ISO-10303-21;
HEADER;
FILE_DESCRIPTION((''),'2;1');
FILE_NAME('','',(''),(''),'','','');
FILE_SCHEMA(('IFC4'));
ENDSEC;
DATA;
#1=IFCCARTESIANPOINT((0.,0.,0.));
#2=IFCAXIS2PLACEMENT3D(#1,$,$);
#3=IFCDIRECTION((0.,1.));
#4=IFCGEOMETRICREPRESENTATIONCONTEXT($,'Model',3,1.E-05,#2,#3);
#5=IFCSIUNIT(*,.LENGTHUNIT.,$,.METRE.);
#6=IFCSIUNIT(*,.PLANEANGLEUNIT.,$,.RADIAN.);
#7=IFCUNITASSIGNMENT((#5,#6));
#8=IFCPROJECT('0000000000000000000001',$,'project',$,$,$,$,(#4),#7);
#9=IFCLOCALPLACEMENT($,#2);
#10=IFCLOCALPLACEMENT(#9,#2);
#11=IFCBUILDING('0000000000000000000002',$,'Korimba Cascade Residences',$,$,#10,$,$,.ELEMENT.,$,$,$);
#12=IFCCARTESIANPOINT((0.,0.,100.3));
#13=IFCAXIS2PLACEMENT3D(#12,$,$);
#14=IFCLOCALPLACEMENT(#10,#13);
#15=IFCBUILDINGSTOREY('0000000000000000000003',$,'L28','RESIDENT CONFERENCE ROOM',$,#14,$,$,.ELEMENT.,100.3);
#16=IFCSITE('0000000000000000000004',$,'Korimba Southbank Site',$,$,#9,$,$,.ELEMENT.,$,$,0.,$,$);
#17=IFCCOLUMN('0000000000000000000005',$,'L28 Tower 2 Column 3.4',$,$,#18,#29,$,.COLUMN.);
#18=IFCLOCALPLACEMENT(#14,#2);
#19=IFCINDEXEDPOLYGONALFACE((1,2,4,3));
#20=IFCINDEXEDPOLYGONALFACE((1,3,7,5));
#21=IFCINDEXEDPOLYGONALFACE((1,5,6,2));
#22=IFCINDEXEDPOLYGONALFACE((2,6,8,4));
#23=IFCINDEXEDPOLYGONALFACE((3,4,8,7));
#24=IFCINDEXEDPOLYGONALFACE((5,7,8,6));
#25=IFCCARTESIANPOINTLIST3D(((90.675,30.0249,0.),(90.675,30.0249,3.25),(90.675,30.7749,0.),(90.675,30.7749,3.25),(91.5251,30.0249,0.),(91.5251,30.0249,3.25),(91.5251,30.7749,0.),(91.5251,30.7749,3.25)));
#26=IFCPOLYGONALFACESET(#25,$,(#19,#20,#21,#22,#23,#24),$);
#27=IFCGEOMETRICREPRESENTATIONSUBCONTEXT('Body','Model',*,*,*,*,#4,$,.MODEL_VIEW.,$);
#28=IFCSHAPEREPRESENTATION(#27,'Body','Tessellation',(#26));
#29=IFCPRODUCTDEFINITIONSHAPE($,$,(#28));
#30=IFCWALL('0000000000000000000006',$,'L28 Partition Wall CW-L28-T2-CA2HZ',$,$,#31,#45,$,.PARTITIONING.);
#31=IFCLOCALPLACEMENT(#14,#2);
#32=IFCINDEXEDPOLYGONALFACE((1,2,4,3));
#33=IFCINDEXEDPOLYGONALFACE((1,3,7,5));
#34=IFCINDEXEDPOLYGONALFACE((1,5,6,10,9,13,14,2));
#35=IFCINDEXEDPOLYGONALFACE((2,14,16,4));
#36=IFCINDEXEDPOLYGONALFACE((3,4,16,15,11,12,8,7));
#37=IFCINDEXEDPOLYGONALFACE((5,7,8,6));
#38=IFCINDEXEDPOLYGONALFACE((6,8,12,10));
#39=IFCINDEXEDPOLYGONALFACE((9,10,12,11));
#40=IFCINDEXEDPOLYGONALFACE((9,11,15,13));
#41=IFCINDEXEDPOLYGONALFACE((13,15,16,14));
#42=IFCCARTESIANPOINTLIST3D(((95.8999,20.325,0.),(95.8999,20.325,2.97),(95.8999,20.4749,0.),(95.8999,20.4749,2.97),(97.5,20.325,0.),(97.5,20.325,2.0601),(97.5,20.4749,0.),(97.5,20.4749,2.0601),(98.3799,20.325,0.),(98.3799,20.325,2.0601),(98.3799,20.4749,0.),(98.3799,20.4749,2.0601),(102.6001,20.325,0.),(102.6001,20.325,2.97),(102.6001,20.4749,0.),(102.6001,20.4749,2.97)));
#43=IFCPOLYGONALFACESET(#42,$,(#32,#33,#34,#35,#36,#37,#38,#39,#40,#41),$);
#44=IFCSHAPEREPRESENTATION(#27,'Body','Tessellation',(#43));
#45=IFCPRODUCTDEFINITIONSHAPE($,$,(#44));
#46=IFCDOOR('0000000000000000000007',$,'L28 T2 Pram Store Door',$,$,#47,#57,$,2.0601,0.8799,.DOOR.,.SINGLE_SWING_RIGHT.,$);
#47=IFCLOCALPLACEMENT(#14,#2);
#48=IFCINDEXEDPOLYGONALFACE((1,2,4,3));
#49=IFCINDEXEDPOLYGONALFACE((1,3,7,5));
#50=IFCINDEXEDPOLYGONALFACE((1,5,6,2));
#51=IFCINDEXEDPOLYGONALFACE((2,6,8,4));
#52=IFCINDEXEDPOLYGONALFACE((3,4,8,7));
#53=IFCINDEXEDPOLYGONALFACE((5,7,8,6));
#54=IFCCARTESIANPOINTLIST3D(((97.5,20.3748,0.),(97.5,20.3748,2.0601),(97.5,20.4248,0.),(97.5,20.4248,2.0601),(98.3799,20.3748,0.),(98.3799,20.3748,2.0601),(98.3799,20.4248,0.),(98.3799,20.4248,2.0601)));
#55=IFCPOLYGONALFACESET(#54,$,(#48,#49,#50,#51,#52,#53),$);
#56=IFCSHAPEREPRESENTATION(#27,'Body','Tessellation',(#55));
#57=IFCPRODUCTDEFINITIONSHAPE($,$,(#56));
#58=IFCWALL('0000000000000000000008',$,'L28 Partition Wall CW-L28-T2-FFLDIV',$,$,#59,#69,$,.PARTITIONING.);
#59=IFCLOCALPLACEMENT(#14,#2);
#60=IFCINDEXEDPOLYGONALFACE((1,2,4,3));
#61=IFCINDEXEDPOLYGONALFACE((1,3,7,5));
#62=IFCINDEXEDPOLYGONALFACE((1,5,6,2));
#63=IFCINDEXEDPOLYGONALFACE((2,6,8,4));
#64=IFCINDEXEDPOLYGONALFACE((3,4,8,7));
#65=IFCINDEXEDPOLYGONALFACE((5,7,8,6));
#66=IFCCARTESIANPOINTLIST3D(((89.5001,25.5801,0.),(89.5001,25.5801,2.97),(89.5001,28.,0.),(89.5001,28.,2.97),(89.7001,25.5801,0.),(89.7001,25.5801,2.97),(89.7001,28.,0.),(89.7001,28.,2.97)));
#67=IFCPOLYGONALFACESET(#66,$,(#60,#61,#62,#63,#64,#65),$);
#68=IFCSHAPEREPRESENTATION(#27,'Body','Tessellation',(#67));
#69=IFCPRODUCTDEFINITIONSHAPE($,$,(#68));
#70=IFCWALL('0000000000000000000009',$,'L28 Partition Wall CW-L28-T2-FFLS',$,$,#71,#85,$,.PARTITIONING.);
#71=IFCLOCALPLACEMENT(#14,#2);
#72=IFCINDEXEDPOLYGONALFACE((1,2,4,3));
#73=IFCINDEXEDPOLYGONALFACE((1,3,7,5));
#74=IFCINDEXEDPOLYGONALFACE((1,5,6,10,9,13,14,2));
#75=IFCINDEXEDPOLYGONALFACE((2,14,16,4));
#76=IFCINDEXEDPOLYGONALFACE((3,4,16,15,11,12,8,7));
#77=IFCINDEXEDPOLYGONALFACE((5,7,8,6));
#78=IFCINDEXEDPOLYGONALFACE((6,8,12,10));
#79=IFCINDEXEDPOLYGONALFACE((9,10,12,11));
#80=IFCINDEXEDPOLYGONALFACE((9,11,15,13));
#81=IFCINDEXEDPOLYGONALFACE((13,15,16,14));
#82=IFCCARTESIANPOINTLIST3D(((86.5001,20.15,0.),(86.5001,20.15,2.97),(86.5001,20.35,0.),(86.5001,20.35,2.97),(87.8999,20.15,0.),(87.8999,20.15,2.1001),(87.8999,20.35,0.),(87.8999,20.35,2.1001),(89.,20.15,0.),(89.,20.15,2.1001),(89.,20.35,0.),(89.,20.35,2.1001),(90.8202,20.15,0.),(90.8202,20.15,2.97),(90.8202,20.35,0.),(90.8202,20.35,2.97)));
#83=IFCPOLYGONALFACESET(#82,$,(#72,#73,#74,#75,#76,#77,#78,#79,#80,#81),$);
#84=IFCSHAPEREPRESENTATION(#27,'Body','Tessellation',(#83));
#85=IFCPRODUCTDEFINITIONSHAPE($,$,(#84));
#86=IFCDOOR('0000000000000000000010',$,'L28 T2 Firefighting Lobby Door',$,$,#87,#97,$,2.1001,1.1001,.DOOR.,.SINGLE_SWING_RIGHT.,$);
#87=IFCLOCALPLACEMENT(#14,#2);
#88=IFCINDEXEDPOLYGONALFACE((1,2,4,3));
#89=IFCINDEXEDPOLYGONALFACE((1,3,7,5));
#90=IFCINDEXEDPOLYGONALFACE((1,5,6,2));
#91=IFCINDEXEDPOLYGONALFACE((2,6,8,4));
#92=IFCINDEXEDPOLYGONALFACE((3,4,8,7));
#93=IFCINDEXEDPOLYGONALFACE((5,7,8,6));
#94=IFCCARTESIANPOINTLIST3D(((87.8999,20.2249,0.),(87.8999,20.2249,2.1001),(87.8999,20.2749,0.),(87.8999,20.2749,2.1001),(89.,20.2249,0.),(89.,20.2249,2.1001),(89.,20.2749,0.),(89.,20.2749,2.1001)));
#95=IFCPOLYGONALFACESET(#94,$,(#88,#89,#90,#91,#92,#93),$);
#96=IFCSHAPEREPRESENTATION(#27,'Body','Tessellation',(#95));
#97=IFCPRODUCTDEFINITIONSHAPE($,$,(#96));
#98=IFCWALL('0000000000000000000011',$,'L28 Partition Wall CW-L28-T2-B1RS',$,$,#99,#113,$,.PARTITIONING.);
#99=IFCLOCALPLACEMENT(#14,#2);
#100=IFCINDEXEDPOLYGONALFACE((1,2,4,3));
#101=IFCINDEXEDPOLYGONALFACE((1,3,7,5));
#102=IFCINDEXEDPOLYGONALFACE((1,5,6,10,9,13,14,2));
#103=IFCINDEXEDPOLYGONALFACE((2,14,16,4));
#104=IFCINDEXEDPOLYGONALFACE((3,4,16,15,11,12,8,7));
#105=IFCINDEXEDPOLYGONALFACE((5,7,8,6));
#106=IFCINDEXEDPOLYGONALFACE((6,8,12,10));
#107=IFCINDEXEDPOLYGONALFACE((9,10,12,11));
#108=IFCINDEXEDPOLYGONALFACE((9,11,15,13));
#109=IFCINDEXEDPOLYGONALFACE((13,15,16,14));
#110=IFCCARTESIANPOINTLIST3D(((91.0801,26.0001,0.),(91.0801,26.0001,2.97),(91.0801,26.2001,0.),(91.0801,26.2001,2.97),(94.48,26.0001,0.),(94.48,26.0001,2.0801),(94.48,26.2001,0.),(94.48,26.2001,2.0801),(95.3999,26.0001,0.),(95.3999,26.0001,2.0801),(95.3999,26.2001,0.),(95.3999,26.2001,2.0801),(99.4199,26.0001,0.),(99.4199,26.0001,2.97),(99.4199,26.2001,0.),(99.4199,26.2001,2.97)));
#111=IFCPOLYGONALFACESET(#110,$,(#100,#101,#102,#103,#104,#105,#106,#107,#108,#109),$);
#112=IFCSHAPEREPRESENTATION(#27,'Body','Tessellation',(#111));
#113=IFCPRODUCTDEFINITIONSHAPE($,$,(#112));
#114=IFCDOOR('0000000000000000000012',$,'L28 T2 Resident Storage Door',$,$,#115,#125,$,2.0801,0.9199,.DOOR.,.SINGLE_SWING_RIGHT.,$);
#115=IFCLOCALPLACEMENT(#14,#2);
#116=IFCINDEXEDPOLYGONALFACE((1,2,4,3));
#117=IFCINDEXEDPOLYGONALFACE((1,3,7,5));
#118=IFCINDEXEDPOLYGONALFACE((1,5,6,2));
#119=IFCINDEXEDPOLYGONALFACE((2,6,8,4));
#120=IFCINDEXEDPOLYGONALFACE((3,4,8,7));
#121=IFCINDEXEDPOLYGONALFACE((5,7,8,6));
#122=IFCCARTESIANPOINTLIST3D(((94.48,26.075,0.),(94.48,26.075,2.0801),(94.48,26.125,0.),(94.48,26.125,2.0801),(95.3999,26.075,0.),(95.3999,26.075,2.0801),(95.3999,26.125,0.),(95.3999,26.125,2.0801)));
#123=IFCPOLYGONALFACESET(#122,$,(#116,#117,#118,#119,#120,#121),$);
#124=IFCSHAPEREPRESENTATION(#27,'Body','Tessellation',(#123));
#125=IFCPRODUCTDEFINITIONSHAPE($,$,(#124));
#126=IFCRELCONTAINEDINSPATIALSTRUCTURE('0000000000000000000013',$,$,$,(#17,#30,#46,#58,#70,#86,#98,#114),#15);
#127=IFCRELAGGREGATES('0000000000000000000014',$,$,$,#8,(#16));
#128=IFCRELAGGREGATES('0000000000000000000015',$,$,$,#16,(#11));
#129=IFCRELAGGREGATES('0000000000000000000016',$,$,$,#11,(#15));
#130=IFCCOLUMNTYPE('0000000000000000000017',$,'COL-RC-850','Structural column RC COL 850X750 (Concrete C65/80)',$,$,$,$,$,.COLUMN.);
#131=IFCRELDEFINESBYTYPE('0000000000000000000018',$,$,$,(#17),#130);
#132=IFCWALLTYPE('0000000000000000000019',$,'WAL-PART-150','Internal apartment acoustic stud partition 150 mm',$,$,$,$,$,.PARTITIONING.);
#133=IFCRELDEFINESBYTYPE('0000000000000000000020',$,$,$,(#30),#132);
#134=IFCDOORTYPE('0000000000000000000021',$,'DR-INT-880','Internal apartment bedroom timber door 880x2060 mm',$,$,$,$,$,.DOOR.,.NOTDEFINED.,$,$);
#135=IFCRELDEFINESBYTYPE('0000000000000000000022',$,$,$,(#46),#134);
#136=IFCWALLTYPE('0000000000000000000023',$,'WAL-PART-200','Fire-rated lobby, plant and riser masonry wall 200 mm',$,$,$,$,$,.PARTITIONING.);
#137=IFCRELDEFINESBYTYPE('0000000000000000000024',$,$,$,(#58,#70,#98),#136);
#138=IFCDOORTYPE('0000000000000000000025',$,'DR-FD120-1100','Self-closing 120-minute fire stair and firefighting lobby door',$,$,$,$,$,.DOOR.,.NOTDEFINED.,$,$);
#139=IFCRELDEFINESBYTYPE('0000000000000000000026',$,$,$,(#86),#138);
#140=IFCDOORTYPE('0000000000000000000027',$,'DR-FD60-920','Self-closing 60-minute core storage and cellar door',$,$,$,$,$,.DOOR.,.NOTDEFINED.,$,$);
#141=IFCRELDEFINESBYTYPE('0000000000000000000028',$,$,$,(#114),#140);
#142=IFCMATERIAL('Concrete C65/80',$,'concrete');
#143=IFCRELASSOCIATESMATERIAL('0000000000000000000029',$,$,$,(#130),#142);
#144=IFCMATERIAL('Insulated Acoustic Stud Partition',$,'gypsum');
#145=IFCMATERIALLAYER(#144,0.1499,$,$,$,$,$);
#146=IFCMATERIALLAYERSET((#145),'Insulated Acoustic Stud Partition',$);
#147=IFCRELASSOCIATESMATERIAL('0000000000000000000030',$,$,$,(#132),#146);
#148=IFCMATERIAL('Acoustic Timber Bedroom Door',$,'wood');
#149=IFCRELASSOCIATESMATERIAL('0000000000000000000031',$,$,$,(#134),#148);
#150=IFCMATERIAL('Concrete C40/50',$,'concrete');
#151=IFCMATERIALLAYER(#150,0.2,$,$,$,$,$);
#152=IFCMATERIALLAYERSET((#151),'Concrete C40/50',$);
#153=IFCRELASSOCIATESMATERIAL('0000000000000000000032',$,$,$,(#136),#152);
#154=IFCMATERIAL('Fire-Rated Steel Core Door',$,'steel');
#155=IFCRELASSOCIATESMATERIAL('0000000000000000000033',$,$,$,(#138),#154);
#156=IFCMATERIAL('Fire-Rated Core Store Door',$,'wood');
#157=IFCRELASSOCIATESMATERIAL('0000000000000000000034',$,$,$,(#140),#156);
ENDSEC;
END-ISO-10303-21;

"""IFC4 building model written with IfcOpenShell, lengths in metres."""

from ifc_helpers import new_model, si_unit, direction, frame, frame_2d, origin, origin_2d, place, context, subcontext, project, spatial, rectangle, extrude, material, layer, layer_set, material_profile, profile_set, type_object, element, fill, save


model = new_model("IFC4")

# Units and contexts
model_context = context("Model", 3, precision=1e-05, world=origin(), true_north=direction((0.0, 1.0)))
body_context = subcontext(model_context, "Body", "Model", "MODEL_VIEW")
ifc_project = project(units=[si_unit("LENGTHUNIT", "METRE"), si_unit("PLANEANGLEUNIT", "RADIAN")], contexts=[model_context])

# Site, building, storey
site_placement = place(None, origin())
site = spatial("IfcSite", under=ifc_project, at=site_placement, Name="Korimba Southbank Site", CompositionType="ELEMENT", RefElevation=0.0)
building_placement = place(site_placement, origin())
building = spatial("IfcBuilding", under=site, at=building_placement, Name="Korimba Cascade Residences", CompositionType="ELEMENT")
storey_placement = place(building_placement, frame((0.0, 0.0, 100.3)))
storey = spatial("IfcBuildingStorey", under=building, at=storey_placement, Name="L28", Description="RESIDENT CONFERENCE ROOM", CompositionType="ELEMENT", Elevation=100.3)

# Column
ifc_material_1 = material(Name="Concrete C65/80", Category="concrete")
ifc_material_profile = material_profile(ifc_material_1, rectangle(XDim=0.8501, YDim=0.75, at=origin_2d()), Name="Concrete C65/80")
ifc_profile_set = profile_set([ifc_material_profile], Name="Concrete C65/80")
column_type = type_object("IfcColumnType", Name="COL-RC-850", Description="Structural column RC COL 850X750 (Concrete C65/80)", PredefinedType="COLUMN", material=ifc_profile_set)
column_placement = place(storey_placement, frame((91.1001, 30.3999, 0.0), z_axis=(0.0, 0.0, 1.0), x_axis=(1.0, 0.0, 0.0)))
element("IfcColumn", 1, at=column_placement, inside=storey, type_object=column_type, Name="L28 Tower 2 Column 3.4", PredefinedType="COLUMN", context=body_context, shape_type="SweptSolid", body=[
    extrude(rectangle(XDim=0.8501, YDim=0.75, at=origin_2d()), origin(), (0.0, 0.0, 1.0), 3.25),
])

# Wall, opening, door
ifc_material_2 = material(Name="Insulated Acoustic Stud Partition", Category="gypsum")
ifc_layer_1 = layer(ifc_material_2, 0.1499)
ifc_layer_set_1 = layer_set([ifc_layer_1], Name="Insulated Acoustic Stud Partition")
wall_type_1 = type_object("IfcWallType", Name="WAL-PART-150", Description="Internal apartment acoustic stud partition 150 mm", PredefinedType="PARTITIONING", material=ifc_layer_set_1)
wall_1_placement = place(storey_placement, frame((95.8999, 20.3999, 0.0), z_axis=(0.0, 0.0, 1.0), x_axis=(1.0, 0.0, 0.0)))
wall_1 = element("IfcWall", 2, at=wall_1_placement, inside=storey, type_object=wall_type_1, Name="L28 Partition Wall CW-L28-T2-CA2HZ", PredefinedType="PARTITIONING", context=body_context, shape_type="SweptSolid", body=[
    extrude(rectangle(XDim=6.7002, YDim=0.1499, at=frame_2d((3.3501, 0.0))), origin(), (0.0, 0.0, 1.0), 2.97),
])
opening_1_placement = place(wall_1_placement, frame((1.6001, 0.0, 0.0)))
opening_1 = element("IfcOpeningElement", 3, at=opening_1_placement, cuts=wall_1, PredefinedType="OPENING", context=body_context, shape_type="SweptSolid", body=[
    extrude(rectangle(XDim=0.8799, YDim=2.0601, at=frame_2d((0.4399, 1.03))), frame((0.0, 0.085, 0.0), z_axis=(0.0, -1.0, 0.0), x_axis=(1.0, 0.0, 0.0)), (0.0, 0.0, 1.0), 0.1699),
])
ifc_material_3 = material(Name="Acoustic Timber Bedroom Door", Category="wood")
door_type_1 = type_object("IfcDoorType", Name="DR-INT-880", Description="Internal apartment bedroom timber door 880x2060 mm", OperationType="NOTDEFINED", PredefinedType="DOOR", material=ifc_material_3)
door_1_placement = place(opening_1_placement, origin())
door_1 = element("IfcDoor", 4, at=door_1_placement, inside=storey, type_object=door_type_1, Name="L28 T2 Pram Store Door", OperationType="SINGLE_SWING_RIGHT", OverallHeight=2.0601, OverallWidth=0.8799, PredefinedType="DOOR", context=body_context, shape_type="SweptSolid", body=[
    extrude(rectangle(XDim=0.8799, YDim=2.0601, at=frame_2d((0.4399, 1.03))), frame((0.0, 0.0249, 0.0), z_axis=(0.0, -1.0, 0.0), x_axis=(1.0, 0.0, 0.0)), (0.0, 0.0, 1.0), 0.05),
])
fill(opening_1, door_1)

# Wall
ifc_material_4 = material(Name="Concrete C40/50", Category="concrete")
ifc_layer_2 = layer(ifc_material_4, 0.2)
ifc_layer_set_2 = layer_set([ifc_layer_2], Name="Concrete C40/50")
wall_type_2 = type_object("IfcWallType", Name="WAL-PART-200", Description="Fire-rated lobby, plant and riser masonry wall 200 mm", PredefinedType="PARTITIONING", material=ifc_layer_set_2)
wall_2_placement = place(storey_placement, frame((89.6001, 25.5801, 0.0), z_axis=(0.0, 0.0, 1.0), x_axis=(0.0, 1.0, 0.0)))
element("IfcWall", 5, at=wall_2_placement, inside=storey, type_object=wall_type_2, Name="L28 Partition Wall CW-L28-T2-FFLDIV", PredefinedType="PARTITIONING", context=body_context, shape_type="SweptSolid", body=[
    extrude(rectangle(XDim=2.4199, YDim=0.2, at=frame_2d((1.21, 0.0))), origin(), (0.0, 0.0, 1.0), 2.97),
])

# Walls, openings, doors
wall_3_placement = place(storey_placement, frame((86.5, 20.25, 0.0), z_axis=(0.0, 0.0, 1.0), x_axis=(1.0, 0.0, 0.0)))
wall_3 = element("IfcWall", 6, at=wall_3_placement, inside=storey, type_object=wall_type_2, Name="L28 Partition Wall CW-L28-T2-FFLS", PredefinedType="PARTITIONING", context=body_context, shape_type="SweptSolid", body=[
    extrude(rectangle(XDim=4.3201, YDim=0.2, at=frame_2d((2.1602, 0.0))), origin(), (0.0, 0.0, 1.0), 2.97),
])
opening_2_placement = place(wall_3_placement, frame((1.3999, 0.0, 0.0)))
opening_2 = element("IfcOpeningElement", 7, at=opening_2_placement, cuts=wall_3, PredefinedType="OPENING", context=body_context, shape_type="SweptSolid", body=[
    extrude(rectangle(XDim=1.1001, YDim=2.1001, at=frame_2d((0.55, 1.05))), frame((0.0, 0.1099, 0.0), z_axis=(0.0, -1.0, 0.0), x_axis=(1.0, 0.0, 0.0)), (0.0, 0.0, 1.0), 0.22),
])
ifc_material_5 = material(Name="Fire-Rated Steel Core Door", Category="steel")
door_type_2 = type_object("IfcDoorType", Name="DR-FD120-1100", Description="Self-closing 120-minute fire stair and firefighting lobby door", OperationType="NOTDEFINED", PredefinedType="DOOR", material=ifc_material_5)
door_2_placement = place(opening_2_placement, origin())
door_2 = element("IfcDoor", 8, at=door_2_placement, inside=storey, type_object=door_type_2, Name="L28 T2 Firefighting Lobby Door", OperationType="SINGLE_SWING_RIGHT", OverallHeight=2.1001, OverallWidth=1.1001, PredefinedType="DOOR", context=body_context, shape_type="SweptSolid", body=[
    extrude(rectangle(XDim=1.1001, YDim=2.1001, at=frame_2d((0.55, 1.05))), frame((0.0, 0.0249, 0.0), z_axis=(0.0, -1.0, 0.0), x_axis=(1.0, 0.0, 0.0)), (0.0, 0.0, 1.0), 0.05),
])
fill(opening_2, door_2)
wall_4_placement = place(storey_placement, frame((91.0801, 26.1001, 0.0), z_axis=(0.0, 0.0, 1.0), x_axis=(1.0, 0.0, 0.0)))
wall_4 = element("IfcWall", 9, at=wall_4_placement, inside=storey, type_object=wall_type_2, Name="L28 Partition Wall CW-L28-T2-B1RS", PredefinedType="PARTITIONING", context=body_context, shape_type="SweptSolid", body=[
    extrude(rectangle(XDim=8.3398, YDim=0.2, at=frame_2d((4.1699, 0.0))), origin(), (0.0, 0.0, 1.0), 2.97),
])
opening_3_placement = place(wall_4_placement, frame((3.3999, 0.0, 0.0)))
opening_3 = element("IfcOpeningElement", 10, at=opening_3_placement, cuts=wall_4, PredefinedType="OPENING", context=body_context, shape_type="SweptSolid", body=[
    extrude(rectangle(XDim=0.9199, YDim=2.0801, at=frame_2d((0.46, 1.04))), frame((0.0, 0.1099, 0.0), z_axis=(0.0, -1.0, 0.0), x_axis=(1.0, 0.0, 0.0)), (0.0, 0.0, 1.0), 0.22),
])
ifc_material_6 = material(Name="Fire-Rated Core Store Door", Category="wood")
door_type_3 = type_object("IfcDoorType", Name="DR-FD60-920", Description="Self-closing 60-minute core storage and cellar door", OperationType="NOTDEFINED", PredefinedType="DOOR", material=ifc_material_6)
door_3_placement = place(opening_3_placement, origin())
door_3 = element("IfcDoor", 11, at=door_3_placement, inside=storey, type_object=door_type_3, Name="L28 T2 Resident Storage Door", OperationType="SINGLE_SWING_RIGHT", OverallHeight=2.0801, OverallWidth=0.9199, PredefinedType="DOOR", context=body_context, shape_type="SweptSolid", body=[
    extrude(rectangle(XDim=0.9199, YDim=2.0801, at=frame_2d((0.46, 1.04))), frame((0.0, 0.0249, 0.0), z_axis=(0.0, -1.0, 0.0), x_axis=(1.0, 0.0, 0.0)), (0.0, 0.0, 1.0), 0.05),
])
fill(opening_3, door_3)

save(model, "model.ifc")
